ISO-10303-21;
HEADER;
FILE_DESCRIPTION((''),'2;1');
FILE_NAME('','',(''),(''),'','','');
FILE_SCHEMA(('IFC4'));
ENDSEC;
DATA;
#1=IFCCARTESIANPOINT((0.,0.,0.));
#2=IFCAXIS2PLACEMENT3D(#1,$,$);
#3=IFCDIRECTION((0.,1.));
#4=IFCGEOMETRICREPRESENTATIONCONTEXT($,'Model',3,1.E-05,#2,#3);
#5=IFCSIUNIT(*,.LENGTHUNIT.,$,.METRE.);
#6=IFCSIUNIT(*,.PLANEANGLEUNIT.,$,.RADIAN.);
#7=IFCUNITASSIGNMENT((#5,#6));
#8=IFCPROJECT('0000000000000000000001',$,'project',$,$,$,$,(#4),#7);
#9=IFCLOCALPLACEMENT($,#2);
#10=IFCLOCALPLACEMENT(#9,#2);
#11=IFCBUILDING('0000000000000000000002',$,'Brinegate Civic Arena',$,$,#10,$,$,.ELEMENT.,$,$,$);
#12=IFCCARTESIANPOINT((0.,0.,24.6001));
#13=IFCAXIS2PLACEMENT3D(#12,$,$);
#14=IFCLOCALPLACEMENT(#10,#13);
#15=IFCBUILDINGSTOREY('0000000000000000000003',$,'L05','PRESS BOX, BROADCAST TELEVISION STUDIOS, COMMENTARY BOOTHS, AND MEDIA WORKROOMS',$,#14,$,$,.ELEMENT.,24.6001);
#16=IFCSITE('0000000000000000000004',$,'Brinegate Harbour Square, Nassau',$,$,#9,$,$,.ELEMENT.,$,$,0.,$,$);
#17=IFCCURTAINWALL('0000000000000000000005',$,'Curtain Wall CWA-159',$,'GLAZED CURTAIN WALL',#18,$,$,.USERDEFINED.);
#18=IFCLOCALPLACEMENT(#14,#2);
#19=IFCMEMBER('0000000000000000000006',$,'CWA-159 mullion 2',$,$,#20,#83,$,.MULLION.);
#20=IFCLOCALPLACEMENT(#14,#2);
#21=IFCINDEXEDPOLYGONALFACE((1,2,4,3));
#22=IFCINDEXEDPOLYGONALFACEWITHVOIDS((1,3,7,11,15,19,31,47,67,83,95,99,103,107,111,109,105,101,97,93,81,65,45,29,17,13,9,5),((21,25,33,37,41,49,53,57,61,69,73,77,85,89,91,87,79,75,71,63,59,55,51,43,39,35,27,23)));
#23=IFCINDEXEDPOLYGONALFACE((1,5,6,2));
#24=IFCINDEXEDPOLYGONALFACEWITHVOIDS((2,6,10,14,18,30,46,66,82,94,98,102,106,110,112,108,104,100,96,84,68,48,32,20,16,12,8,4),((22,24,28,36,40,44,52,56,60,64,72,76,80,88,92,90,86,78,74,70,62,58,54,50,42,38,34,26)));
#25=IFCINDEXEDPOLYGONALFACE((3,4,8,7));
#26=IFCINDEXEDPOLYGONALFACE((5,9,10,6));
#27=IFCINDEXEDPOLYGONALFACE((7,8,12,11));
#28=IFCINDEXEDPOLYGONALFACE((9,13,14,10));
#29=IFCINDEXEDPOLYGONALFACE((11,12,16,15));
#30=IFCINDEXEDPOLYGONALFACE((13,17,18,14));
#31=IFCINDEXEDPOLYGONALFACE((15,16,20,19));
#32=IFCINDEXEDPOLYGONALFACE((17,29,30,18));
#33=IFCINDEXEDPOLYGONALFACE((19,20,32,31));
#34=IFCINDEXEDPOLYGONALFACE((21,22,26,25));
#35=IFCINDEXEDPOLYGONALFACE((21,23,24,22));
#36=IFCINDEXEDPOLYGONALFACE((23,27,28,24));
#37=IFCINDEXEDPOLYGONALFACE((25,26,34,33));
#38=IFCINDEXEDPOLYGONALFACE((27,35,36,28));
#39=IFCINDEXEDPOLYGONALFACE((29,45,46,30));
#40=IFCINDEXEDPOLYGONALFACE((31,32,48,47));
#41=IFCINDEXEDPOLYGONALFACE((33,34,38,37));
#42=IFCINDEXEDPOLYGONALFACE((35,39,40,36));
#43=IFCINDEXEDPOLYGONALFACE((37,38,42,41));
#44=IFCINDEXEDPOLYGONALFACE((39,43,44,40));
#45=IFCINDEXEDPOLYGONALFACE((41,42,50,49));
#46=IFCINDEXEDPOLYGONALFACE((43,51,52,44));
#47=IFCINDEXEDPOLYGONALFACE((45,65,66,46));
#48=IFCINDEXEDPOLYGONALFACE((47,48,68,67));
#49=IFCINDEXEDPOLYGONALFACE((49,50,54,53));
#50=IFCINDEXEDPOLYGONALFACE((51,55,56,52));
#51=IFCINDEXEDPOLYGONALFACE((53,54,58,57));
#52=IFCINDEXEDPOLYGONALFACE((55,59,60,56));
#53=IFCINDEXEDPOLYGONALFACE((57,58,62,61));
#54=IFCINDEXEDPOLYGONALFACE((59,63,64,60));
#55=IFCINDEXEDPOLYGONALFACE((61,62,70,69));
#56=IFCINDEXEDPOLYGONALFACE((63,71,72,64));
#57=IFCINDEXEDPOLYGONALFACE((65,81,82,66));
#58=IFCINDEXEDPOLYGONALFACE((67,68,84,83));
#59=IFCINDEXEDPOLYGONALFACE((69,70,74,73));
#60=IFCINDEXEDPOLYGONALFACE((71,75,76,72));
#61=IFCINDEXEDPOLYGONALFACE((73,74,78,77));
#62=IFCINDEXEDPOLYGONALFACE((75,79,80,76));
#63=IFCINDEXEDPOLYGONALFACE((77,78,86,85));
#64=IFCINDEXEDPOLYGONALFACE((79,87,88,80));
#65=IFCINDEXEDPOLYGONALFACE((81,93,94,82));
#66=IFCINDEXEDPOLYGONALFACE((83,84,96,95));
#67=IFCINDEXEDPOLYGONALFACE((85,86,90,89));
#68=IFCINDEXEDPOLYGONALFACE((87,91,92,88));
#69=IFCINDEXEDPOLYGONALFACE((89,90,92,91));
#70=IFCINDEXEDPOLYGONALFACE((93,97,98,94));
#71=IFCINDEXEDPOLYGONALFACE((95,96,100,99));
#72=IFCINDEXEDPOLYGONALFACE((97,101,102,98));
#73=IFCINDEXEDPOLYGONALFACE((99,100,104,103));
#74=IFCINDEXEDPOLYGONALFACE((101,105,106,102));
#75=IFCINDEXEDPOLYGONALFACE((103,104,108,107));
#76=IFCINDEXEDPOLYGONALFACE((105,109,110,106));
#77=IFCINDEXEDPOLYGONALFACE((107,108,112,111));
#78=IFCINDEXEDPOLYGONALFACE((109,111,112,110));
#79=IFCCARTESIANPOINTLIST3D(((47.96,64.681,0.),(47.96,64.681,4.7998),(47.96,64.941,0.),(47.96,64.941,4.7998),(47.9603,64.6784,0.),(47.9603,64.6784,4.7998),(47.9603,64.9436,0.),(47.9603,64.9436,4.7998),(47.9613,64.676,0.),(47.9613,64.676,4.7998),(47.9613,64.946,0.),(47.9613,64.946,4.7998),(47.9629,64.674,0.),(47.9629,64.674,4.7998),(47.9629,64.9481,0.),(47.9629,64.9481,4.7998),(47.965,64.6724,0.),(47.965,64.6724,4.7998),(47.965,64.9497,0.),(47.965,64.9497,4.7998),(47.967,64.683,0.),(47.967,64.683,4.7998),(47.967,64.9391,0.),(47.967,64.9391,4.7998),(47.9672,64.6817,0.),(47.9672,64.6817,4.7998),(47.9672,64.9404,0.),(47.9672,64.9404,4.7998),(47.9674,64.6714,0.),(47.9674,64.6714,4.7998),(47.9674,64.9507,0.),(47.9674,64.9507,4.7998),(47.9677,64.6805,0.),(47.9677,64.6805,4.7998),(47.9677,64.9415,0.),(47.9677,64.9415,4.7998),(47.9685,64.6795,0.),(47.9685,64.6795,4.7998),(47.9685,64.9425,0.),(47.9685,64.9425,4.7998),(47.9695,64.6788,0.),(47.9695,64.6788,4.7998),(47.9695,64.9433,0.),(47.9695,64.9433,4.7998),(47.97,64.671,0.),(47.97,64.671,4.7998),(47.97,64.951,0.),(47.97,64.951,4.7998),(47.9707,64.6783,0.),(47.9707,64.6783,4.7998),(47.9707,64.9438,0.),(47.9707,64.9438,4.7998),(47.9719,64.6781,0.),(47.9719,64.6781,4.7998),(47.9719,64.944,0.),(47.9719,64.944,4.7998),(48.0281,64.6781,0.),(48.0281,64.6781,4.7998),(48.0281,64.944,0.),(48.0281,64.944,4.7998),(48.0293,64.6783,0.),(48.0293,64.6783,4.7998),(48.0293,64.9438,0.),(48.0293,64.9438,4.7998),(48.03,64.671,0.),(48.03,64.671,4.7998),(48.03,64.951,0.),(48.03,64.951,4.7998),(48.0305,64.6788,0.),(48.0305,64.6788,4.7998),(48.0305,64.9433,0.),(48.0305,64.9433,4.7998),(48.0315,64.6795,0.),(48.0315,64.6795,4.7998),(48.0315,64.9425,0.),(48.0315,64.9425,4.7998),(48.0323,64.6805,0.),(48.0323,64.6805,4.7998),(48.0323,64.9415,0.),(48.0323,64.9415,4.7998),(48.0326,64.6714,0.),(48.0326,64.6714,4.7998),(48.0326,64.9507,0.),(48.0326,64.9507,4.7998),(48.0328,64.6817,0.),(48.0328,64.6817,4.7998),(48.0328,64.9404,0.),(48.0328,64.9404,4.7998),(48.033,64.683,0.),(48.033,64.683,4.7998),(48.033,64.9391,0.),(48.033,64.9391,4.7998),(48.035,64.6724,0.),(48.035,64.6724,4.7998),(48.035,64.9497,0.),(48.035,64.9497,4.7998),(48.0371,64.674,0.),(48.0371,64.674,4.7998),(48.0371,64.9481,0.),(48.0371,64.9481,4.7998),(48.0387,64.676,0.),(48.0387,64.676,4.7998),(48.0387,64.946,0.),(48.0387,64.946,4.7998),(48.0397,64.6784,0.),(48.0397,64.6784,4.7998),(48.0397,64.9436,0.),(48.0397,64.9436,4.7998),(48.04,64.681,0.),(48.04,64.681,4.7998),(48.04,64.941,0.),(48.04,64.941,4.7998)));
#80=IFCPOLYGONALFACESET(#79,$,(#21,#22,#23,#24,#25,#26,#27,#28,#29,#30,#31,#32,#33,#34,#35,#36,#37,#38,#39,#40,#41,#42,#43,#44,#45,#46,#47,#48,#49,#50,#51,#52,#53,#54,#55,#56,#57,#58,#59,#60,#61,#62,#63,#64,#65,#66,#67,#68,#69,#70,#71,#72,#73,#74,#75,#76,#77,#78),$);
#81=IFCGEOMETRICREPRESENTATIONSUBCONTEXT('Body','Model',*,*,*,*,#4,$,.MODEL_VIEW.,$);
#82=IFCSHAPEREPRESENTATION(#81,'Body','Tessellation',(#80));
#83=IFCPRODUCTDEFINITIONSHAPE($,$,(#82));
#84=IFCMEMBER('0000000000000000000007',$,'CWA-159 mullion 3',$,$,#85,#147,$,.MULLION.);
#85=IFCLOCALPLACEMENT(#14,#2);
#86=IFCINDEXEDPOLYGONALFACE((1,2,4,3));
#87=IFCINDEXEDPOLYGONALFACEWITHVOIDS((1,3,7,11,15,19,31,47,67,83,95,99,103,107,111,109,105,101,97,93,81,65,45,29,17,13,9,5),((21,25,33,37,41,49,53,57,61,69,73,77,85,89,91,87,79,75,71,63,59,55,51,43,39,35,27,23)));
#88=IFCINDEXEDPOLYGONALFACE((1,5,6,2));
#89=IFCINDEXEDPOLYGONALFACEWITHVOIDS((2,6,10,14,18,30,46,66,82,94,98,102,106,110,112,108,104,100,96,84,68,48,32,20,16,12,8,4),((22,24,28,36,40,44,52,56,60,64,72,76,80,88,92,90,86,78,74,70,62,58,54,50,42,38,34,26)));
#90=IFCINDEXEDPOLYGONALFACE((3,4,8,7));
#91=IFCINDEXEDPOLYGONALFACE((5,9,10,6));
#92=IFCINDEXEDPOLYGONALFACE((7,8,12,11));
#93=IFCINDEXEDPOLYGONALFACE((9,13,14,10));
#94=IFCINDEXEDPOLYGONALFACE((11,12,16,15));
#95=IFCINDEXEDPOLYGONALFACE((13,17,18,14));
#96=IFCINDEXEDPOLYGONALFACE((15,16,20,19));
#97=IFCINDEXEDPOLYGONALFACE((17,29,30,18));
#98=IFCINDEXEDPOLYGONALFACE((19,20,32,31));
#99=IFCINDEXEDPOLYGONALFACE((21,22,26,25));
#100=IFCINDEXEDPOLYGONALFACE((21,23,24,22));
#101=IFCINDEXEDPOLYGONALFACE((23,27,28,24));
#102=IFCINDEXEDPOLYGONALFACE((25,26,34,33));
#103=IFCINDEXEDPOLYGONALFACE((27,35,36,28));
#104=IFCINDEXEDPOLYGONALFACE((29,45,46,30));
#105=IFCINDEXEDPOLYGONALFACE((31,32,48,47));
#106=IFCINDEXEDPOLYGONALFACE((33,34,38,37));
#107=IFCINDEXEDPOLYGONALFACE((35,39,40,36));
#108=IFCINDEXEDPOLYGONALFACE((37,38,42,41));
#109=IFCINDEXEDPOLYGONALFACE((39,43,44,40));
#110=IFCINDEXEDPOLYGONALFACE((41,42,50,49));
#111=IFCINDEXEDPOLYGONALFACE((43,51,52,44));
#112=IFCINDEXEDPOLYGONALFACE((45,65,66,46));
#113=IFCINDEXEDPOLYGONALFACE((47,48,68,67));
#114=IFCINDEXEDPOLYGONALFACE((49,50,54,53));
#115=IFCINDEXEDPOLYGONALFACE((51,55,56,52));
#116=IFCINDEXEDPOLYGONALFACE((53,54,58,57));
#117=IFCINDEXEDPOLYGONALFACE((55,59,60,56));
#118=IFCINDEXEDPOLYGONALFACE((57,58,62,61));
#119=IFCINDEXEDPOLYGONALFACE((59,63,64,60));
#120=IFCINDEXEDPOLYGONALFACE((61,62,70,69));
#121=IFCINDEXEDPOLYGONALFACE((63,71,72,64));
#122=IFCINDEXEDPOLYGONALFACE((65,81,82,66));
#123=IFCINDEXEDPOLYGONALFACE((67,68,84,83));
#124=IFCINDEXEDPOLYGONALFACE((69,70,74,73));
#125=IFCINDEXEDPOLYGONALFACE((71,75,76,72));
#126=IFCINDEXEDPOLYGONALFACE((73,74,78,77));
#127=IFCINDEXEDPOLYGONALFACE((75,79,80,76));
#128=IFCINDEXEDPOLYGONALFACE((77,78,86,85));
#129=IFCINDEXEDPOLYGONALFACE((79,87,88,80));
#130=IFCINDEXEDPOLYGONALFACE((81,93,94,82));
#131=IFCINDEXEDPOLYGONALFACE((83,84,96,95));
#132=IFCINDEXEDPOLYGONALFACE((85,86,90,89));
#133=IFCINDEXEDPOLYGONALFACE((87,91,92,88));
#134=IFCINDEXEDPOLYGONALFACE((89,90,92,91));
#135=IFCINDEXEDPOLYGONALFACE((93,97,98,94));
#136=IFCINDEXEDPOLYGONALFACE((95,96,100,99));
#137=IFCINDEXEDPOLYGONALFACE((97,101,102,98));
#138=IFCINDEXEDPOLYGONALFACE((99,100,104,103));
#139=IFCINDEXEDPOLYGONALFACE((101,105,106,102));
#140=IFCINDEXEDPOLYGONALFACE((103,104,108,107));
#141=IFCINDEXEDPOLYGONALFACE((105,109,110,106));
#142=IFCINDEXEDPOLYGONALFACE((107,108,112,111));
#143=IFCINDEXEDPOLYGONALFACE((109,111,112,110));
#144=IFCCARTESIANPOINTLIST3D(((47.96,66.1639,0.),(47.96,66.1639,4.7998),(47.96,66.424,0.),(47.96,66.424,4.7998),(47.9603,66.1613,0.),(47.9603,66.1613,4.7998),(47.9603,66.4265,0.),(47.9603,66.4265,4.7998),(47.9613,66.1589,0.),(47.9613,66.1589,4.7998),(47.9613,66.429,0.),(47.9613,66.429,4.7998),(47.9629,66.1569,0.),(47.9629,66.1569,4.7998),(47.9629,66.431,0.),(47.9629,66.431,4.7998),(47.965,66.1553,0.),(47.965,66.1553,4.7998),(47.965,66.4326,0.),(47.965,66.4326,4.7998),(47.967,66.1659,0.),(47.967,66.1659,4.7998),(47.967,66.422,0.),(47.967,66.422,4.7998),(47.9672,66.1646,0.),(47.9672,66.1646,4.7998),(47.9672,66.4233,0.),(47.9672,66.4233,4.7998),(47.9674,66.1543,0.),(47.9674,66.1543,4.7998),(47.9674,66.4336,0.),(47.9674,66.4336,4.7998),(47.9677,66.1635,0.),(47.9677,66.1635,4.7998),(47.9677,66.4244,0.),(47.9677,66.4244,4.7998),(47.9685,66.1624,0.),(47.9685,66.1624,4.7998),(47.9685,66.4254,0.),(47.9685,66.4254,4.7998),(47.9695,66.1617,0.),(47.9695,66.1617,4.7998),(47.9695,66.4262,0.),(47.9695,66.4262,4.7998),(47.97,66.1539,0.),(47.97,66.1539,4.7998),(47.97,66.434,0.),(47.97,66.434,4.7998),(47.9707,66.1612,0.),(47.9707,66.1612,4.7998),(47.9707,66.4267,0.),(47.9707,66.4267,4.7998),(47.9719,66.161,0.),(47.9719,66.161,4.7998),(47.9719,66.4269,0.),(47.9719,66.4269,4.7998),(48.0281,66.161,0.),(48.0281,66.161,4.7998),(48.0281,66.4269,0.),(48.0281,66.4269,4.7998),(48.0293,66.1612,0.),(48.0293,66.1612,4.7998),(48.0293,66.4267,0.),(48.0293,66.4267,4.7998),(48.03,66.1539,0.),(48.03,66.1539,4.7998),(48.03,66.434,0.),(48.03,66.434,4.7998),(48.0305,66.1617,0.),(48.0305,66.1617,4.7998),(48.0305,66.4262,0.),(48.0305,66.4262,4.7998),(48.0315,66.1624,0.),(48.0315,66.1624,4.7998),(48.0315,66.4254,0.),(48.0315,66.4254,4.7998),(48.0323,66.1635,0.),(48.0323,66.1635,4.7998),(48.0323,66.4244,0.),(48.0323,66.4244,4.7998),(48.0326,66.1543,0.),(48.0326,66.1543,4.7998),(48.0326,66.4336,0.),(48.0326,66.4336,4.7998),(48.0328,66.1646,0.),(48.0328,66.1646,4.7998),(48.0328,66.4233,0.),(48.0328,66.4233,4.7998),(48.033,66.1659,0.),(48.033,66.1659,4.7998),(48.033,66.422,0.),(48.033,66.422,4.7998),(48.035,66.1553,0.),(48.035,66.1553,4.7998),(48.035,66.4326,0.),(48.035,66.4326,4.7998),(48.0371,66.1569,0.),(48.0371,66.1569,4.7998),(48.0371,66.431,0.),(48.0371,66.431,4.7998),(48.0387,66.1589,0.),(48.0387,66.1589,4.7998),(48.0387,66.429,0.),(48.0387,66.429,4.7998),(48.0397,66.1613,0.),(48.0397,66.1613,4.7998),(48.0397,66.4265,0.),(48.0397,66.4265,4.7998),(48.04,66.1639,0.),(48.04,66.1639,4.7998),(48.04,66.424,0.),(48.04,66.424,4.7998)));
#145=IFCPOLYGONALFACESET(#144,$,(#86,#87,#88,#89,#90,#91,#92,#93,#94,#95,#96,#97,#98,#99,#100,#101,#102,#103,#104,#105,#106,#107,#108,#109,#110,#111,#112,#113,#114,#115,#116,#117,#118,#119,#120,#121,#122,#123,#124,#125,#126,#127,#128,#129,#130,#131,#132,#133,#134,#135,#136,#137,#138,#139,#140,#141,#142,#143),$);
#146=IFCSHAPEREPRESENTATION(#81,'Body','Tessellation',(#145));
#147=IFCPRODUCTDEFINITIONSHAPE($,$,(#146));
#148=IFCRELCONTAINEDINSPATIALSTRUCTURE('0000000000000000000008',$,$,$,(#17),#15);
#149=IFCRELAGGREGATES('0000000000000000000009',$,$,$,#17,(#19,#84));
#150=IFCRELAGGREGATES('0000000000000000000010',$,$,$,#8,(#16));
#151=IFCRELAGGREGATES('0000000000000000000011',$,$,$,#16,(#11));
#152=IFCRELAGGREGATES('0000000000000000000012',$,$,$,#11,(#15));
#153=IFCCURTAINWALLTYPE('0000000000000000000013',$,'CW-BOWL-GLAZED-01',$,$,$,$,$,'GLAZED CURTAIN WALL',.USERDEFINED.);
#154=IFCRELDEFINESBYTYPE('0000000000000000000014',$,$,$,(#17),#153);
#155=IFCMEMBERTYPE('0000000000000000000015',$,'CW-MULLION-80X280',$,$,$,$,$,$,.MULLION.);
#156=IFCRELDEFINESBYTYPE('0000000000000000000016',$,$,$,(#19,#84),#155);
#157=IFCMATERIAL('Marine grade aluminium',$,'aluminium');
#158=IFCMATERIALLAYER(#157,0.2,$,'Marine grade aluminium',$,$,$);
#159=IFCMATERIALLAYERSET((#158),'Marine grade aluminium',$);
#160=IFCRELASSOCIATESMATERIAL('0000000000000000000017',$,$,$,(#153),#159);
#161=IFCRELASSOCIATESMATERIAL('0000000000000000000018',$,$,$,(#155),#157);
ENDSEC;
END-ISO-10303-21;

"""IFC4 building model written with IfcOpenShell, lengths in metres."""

from ifc_helpers import new_model, si_unit, direction, frame, origin, origin_2d, place, context, subcontext, project, spatial, hollow_rectangle, extrude, material, layer, layer_set, material_profile, profile_set, type_object, element, aggregate, save


model = new_model("IFC4")

# Units and contexts
model_context = context("Model", 3, precision=1e-05, world=origin(), true_north=direction((0.0, 1.0)))
body_context = subcontext(model_context, "Body", "Model", "MODEL_VIEW")
ifc_project = project(units=[si_unit("LENGTHUNIT", "METRE"), si_unit("PLANEANGLEUNIT", "RADIAN")], contexts=[model_context])

# Site, building, storey
site_placement = place(None, origin())
site = spatial("IfcSite", under=ifc_project, at=site_placement, Name="Brinegate Harbour Square, Nassau", CompositionType="ELEMENT", RefElevation=0.0)
building_placement = place(site_placement, origin())
building = spatial("IfcBuilding", under=site, at=building_placement, Name="Brinegate Civic Arena", CompositionType="ELEMENT")
storey_placement = place(building_placement, frame((0.0, 0.0, 24.6001)))
storey = spatial("IfcBuildingStorey", under=building, at=storey_placement, Name="L05", Description="PRESS BOX, BROADCAST TELEVISION STUDIOS, COMMENTARY BOOTHS, AND MEDIA WORKROOMS", CompositionType="ELEMENT", Elevation=24.6001)

# Shared definitions
ifc_material_1 = material(Name="Marine grade aluminium", Category="aluminium")
ifc_layer_1 = layer(ifc_material_1, 0.2, Name="Marine grade aluminium")
ifc_layer_set_1 = layer_set([ifc_layer_1], Name="Marine grade aluminium")
curtain_wall_type = type_object("IfcCurtainWallType", Name="CW-BOWL-GLAZED-01", ElementType="GLAZED CURTAIN WALL", PredefinedType="USERDEFINED", material=ifc_layer_set_1)

# Curtain wall, members
curtain_wall_1_placement = place(storey_placement, origin())
curtain_wall_1 = element("IfcCurtainWall", 1, at=curtain_wall_1_placement, inside=storey, type_object=curtain_wall_type, Name="Curtain Wall CWA-159", ObjectType="GLAZED CURTAIN WALL", PredefinedType="USERDEFINED")
ifc_material_profile_1 = material_profile(ifc_material_1, hollow_rectangle(XDim=0.0801, YDim=0.28, WallThickness=0.0071, InnerFilletRadius=0.0049, OuterFilletRadius=0.01, at=origin_2d()), Name="MUL80X280")
ifc_profile_set_1 = profile_set([ifc_material_profile_1], Name="Marine grade aluminium")
member_type_1 = type_object("IfcMemberType", Name="CW-MULLION-80X280", PredefinedType="MULLION", material=ifc_profile_set_1)
member_1_placement = place(storey_placement, frame((48.0, 64.811, 0.0), z_axis=(0.0, 0.0, 1.0), x_axis=(-1.0, 0.0, 0.0)))
member_1 = element("IfcMember", 2, at=member_1_placement, type_object=member_type_1, Name="CWA-159 mullion 2", PredefinedType="MULLION", context=body_context, shape_type="SweptSolid", body=[
    extrude(hollow_rectangle(XDim=0.0801, YDim=0.28, WallThickness=0.0071, InnerFilletRadius=0.0049, OuterFilletRadius=0.01, at=origin_2d()), origin(), (0.0, 0.0, 1.0), 4.7998),
])
member_2_placement = place(storey_placement, frame((48.0, 66.2939, 0.0), z_axis=(0.0, 0.0, 1.0), x_axis=(-1.0, 0.0, 0.0)))
member_2 = element("IfcMember", 3, at=member_2_placement, type_object=member_type_1, Name="CWA-159 mullion 3", PredefinedType="MULLION", context=body_context, shape_type="SweptSolid", body=[
    extrude(hollow_rectangle(XDim=0.0801, YDim=0.28, WallThickness=0.0071, InnerFilletRadius=0.0049, OuterFilletRadius=0.01, at=origin_2d()), origin(), (0.0, 0.0, 1.0), 4.7998),
])

aggregate(curtain_wall_1, [member_1, member_2])

save(model, "model.ifc")
